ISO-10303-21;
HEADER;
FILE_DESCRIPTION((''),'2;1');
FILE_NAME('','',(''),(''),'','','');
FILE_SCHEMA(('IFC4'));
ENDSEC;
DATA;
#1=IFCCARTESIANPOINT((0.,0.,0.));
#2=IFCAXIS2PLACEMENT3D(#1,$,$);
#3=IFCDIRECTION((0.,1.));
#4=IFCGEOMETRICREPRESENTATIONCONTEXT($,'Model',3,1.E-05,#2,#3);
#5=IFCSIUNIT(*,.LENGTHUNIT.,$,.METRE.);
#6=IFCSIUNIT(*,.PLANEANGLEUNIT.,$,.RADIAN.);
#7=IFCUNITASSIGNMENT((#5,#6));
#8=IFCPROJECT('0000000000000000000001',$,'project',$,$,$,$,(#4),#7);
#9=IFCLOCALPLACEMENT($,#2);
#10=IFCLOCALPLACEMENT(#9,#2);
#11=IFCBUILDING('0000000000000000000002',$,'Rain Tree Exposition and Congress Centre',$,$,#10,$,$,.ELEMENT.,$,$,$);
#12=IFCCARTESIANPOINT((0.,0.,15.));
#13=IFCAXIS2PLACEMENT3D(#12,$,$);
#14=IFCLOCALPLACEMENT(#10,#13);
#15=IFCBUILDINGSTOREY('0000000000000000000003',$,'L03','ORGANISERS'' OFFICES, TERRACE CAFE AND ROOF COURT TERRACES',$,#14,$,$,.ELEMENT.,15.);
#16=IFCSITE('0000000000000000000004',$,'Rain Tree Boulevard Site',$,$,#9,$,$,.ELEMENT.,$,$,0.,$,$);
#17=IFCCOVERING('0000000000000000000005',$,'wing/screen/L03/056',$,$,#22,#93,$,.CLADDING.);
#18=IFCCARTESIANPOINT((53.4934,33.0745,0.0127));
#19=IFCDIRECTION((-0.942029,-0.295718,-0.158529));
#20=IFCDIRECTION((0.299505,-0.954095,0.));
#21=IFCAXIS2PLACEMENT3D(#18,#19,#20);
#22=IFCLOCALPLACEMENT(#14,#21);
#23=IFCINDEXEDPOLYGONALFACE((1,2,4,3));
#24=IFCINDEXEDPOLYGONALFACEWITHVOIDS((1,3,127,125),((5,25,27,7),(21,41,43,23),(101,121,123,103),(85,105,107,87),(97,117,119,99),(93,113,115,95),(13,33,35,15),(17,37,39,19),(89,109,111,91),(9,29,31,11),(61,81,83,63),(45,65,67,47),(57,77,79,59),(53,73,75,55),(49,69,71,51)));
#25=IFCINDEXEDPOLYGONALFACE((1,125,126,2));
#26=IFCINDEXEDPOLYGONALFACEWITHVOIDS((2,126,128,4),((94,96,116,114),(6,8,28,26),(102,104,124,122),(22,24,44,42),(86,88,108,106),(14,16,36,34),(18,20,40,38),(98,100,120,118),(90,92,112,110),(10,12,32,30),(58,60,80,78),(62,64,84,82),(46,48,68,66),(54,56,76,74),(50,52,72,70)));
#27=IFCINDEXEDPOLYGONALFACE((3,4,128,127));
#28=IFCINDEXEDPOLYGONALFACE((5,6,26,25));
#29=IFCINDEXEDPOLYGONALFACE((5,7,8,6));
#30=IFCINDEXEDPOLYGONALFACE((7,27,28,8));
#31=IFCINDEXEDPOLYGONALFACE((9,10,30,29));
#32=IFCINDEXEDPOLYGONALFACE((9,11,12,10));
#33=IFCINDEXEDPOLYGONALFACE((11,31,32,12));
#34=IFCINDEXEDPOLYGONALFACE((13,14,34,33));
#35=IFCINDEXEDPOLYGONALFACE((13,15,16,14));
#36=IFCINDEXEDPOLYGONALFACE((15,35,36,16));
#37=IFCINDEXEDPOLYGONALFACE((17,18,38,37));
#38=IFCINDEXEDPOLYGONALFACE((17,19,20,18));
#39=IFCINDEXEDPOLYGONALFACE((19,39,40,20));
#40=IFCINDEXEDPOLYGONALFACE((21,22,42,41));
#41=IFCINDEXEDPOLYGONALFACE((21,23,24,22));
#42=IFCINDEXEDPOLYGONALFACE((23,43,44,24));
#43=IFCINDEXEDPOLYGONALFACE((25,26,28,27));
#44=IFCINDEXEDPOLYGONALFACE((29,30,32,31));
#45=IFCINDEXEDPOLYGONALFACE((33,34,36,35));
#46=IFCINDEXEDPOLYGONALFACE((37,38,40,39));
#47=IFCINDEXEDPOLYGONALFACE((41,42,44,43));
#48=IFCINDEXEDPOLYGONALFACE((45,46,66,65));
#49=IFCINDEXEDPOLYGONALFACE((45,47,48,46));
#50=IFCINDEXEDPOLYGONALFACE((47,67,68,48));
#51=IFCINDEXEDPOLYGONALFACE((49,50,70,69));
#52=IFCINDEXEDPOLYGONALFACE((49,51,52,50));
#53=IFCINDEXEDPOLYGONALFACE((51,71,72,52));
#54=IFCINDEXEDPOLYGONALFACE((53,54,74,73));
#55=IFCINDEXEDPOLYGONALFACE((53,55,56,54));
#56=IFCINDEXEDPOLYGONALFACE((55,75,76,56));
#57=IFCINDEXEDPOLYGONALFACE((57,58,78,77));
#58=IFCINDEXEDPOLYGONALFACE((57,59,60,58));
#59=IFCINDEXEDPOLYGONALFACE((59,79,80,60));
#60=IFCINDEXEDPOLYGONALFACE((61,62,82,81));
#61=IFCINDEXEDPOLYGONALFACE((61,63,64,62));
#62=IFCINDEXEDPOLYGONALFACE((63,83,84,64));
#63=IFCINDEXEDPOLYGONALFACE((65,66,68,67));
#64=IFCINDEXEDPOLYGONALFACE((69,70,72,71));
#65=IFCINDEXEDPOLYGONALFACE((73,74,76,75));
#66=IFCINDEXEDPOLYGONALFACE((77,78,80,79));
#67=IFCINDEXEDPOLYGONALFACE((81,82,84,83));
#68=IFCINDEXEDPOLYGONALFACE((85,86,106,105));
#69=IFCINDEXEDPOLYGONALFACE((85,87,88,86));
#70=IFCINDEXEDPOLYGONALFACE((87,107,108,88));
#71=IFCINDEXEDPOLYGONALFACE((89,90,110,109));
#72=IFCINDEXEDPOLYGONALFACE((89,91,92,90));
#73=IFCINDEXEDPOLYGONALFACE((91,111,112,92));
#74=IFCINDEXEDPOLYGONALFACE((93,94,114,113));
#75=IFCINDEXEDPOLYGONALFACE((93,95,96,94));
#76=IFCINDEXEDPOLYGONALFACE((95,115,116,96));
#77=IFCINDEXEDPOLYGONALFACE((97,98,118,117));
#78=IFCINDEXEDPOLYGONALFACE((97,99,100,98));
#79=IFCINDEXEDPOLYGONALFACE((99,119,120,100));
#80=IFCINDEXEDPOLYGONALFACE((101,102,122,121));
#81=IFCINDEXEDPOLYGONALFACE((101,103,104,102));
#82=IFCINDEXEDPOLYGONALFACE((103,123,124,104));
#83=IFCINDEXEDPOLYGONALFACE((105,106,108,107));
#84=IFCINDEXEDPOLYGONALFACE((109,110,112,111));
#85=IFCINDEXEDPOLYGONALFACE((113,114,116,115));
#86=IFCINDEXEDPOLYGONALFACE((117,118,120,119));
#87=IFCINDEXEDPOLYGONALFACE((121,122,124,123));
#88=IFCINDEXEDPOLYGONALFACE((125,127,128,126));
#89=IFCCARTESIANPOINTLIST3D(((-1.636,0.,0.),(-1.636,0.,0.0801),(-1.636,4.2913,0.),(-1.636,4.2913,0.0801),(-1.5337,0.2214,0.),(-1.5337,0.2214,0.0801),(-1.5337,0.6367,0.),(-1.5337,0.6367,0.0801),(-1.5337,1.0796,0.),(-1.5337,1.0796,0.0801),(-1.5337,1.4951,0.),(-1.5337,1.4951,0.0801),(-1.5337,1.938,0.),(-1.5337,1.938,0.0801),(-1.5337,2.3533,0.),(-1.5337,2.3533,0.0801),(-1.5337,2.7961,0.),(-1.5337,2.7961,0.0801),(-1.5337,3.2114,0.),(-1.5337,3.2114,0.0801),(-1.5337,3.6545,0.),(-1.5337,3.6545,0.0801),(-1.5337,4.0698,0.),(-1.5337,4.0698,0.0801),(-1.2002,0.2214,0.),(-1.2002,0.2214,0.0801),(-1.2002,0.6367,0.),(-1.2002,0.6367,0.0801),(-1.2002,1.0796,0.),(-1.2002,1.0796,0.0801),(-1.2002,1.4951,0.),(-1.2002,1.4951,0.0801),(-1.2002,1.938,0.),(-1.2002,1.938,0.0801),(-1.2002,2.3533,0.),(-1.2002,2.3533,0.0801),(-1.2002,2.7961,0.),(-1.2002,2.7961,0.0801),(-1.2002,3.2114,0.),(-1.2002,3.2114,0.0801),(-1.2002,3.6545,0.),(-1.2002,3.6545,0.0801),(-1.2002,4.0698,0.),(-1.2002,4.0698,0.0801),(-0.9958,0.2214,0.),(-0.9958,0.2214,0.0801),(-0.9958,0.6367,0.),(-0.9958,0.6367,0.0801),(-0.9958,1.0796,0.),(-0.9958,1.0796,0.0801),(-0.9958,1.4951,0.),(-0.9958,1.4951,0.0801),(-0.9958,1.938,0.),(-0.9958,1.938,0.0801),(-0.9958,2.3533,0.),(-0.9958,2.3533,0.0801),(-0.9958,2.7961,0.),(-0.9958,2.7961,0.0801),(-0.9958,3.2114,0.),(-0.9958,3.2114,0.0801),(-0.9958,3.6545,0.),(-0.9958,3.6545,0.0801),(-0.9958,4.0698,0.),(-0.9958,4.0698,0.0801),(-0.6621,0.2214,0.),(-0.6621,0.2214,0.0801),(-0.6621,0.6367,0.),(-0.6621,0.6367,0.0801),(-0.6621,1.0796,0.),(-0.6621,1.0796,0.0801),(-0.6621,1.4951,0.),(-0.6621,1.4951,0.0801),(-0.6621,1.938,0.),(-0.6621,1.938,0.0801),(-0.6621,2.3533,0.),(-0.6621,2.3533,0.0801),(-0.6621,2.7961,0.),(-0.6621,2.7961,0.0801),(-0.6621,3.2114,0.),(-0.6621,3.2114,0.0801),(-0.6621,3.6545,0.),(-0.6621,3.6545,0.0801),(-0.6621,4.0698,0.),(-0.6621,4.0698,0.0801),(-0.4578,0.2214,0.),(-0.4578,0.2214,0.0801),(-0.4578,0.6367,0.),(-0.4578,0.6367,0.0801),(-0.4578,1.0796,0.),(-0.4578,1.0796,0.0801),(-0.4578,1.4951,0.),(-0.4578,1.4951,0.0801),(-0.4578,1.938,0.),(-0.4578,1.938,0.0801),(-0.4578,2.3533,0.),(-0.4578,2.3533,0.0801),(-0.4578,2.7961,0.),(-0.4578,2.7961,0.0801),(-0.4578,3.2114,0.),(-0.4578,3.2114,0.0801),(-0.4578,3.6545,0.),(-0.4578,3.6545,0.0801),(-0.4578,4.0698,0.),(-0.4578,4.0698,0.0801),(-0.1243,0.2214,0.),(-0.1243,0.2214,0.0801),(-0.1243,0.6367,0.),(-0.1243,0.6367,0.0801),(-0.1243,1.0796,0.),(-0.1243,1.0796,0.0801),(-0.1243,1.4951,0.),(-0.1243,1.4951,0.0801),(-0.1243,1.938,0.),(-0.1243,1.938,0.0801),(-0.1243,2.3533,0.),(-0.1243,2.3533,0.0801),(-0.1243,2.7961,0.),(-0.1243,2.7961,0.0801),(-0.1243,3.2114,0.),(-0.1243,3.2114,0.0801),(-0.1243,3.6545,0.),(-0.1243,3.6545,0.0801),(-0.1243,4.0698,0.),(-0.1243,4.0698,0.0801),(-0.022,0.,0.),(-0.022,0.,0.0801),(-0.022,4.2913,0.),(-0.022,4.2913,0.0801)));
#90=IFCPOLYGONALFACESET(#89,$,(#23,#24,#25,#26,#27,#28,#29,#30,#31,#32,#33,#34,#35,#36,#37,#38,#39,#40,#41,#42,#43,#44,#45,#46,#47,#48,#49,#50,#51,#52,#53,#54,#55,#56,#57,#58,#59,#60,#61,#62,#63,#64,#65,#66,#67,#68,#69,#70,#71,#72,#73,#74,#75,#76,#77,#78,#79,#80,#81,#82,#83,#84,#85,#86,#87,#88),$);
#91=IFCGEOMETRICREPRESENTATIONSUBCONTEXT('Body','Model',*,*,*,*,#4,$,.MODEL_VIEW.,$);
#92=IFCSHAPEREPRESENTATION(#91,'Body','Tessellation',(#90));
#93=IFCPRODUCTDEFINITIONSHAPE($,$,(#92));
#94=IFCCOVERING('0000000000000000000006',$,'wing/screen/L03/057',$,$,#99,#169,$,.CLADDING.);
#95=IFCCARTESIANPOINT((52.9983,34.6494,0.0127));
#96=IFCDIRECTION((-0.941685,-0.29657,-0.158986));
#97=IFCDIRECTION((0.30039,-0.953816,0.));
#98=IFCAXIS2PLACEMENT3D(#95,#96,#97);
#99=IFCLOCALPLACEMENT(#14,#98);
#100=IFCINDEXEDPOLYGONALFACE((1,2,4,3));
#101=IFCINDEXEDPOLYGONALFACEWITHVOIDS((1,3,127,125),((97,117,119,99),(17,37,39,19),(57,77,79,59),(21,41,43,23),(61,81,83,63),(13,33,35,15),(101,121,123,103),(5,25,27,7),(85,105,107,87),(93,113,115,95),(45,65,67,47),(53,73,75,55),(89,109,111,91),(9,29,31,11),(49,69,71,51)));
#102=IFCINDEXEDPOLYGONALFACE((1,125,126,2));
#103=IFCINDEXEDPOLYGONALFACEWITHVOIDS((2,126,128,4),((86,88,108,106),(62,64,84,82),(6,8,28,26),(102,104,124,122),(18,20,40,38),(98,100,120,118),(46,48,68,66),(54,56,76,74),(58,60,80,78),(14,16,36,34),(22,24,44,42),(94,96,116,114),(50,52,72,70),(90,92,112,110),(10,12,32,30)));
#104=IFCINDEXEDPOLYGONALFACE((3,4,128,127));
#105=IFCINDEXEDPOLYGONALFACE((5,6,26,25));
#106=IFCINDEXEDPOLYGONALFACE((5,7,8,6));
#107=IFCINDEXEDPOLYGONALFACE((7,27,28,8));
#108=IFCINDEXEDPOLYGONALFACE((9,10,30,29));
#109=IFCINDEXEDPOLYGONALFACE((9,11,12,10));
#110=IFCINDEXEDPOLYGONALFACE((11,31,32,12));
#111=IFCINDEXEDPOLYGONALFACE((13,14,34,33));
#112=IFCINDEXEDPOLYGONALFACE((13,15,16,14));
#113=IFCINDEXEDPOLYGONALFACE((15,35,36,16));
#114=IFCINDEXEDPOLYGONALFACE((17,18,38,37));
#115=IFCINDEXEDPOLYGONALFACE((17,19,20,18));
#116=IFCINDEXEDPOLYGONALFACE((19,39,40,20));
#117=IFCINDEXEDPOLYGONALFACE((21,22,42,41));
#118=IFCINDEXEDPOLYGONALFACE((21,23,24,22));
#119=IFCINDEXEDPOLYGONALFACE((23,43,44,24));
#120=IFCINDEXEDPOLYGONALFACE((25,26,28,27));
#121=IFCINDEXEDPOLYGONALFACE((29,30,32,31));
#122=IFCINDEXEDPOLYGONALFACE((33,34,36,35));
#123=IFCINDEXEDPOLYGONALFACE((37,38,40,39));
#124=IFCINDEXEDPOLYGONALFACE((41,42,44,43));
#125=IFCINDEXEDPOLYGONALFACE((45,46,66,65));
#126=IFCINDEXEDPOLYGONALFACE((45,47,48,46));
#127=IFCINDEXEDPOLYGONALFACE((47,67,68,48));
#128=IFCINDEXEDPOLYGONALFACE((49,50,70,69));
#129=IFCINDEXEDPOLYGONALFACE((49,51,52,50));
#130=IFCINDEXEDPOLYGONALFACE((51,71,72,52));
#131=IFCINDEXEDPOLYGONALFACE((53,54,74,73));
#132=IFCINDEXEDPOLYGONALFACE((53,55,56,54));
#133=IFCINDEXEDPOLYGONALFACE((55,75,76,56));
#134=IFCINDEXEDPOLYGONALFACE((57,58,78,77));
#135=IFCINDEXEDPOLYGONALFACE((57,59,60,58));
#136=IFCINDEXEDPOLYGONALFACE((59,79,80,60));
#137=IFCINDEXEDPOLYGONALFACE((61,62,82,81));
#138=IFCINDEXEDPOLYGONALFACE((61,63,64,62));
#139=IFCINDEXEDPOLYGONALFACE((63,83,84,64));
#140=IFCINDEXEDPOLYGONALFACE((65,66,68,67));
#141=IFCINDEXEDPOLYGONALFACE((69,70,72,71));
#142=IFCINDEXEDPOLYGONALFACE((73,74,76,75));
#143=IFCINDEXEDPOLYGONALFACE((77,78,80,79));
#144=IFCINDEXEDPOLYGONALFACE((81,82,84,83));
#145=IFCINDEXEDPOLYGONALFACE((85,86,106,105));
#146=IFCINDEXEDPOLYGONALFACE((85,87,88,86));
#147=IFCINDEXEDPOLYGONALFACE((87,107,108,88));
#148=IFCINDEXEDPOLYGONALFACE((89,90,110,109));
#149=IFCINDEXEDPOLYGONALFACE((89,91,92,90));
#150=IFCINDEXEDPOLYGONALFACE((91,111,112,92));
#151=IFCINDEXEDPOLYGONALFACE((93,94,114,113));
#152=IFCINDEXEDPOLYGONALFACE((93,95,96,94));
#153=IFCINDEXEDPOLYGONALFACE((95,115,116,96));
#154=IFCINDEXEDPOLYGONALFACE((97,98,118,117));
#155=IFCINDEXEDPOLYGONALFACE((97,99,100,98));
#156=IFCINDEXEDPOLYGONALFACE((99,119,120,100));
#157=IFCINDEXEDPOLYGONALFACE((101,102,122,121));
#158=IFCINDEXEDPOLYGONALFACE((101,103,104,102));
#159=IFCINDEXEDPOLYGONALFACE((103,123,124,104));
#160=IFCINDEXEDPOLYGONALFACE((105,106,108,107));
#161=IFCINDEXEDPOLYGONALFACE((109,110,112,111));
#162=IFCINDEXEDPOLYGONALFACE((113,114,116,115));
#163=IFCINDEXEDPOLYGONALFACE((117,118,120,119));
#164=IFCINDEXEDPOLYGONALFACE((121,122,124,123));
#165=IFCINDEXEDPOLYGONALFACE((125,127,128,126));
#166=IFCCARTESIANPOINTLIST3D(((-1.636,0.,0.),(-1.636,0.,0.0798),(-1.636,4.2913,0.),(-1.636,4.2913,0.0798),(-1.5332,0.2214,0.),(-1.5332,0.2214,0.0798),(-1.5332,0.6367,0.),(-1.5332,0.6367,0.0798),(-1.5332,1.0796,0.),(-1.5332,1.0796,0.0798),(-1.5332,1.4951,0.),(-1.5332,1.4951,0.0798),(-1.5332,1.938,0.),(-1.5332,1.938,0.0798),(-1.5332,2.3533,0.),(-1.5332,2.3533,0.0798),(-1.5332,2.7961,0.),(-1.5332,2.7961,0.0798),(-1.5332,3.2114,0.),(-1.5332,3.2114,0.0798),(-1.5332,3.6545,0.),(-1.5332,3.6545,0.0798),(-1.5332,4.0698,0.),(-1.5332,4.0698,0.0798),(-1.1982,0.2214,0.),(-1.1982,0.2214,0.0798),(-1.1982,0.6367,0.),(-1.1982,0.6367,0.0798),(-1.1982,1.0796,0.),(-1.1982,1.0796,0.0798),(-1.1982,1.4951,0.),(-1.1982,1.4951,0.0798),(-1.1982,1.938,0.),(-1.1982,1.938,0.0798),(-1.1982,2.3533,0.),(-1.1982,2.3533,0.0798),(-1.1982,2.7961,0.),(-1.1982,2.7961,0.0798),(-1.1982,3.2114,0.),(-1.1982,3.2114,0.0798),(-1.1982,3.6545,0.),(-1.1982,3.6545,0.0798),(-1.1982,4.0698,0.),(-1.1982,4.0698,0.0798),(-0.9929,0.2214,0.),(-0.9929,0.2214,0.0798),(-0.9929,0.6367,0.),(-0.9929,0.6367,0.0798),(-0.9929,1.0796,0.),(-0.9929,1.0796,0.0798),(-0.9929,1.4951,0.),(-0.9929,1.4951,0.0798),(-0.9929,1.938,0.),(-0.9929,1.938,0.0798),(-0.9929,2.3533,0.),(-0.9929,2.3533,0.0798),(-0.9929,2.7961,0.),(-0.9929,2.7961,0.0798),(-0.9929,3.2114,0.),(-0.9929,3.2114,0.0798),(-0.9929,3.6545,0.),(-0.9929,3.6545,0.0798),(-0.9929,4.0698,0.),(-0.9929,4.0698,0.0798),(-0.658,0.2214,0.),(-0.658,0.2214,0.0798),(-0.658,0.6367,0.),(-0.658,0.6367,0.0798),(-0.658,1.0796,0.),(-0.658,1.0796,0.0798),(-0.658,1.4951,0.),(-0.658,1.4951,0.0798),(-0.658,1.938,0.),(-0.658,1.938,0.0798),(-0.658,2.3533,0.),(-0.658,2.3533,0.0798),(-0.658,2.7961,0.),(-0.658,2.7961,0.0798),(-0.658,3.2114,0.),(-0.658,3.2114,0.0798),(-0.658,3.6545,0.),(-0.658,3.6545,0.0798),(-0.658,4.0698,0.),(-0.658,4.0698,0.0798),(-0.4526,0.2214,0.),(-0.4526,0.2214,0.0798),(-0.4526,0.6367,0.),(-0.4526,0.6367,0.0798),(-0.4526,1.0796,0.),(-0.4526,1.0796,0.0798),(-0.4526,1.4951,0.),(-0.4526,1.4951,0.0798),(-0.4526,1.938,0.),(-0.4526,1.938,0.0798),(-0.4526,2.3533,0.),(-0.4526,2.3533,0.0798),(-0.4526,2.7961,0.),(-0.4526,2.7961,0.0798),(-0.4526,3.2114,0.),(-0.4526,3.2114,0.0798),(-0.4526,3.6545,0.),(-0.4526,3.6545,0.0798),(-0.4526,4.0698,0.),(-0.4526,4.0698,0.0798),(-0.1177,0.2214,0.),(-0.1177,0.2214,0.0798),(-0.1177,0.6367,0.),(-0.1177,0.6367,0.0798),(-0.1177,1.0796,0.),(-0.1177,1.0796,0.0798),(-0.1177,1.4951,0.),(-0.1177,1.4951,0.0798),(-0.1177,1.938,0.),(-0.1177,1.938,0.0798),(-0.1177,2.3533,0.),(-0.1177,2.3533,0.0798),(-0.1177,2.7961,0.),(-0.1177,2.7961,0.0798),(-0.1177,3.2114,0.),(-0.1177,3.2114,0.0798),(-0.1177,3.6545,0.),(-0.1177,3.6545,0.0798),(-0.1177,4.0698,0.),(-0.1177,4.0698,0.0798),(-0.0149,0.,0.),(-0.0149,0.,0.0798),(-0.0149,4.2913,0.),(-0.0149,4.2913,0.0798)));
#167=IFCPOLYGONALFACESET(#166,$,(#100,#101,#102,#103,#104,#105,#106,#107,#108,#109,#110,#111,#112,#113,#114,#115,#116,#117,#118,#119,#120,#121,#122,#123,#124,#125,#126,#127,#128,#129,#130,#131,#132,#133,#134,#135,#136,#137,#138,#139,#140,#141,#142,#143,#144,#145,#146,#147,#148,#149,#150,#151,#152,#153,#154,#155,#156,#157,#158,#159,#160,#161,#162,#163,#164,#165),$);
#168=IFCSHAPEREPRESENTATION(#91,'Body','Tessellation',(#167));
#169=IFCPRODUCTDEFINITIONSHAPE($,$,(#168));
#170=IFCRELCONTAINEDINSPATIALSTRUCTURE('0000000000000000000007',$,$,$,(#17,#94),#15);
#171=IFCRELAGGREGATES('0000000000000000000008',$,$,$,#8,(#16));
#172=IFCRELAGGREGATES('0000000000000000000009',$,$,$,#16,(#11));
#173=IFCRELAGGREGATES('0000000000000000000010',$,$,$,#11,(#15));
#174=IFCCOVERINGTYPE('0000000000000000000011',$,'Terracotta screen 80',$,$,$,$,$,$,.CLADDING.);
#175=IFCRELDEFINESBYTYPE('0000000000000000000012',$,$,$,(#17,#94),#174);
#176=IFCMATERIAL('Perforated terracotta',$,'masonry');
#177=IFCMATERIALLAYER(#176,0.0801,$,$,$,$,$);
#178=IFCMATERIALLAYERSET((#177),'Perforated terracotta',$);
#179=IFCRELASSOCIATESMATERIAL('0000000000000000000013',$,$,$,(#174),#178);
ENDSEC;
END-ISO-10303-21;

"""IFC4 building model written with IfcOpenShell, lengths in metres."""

from ifc_helpers import new_model, si_unit, direction, frame, origin, place, context, subcontext, project, spatial, polyline, outline, extrude, material, layer, layer_set, type_object, element, save


model = new_model("IFC4")

# Units and contexts
model_context = context("Model", 3, precision=1e-05, world=origin(), true_north=direction((0.0, 1.0)))
body_context = subcontext(model_context, "Body", "Model", "MODEL_VIEW")
ifc_project = project(units=[si_unit("LENGTHUNIT", "METRE"), si_unit("PLANEANGLEUNIT", "RADIAN")], contexts=[model_context])

# Site, building, storey
site_placement = place(None, origin())
site = spatial("IfcSite", under=ifc_project, at=site_placement, Name="Rain Tree Boulevard Site", CompositionType="ELEMENT", RefElevation=0.0)
building_placement = place(site_placement, origin())
building = spatial("IfcBuilding", under=site, at=building_placement, Name="Rain Tree Exposition and Congress Centre", CompositionType="ELEMENT")
storey_placement = place(building_placement, frame((0.0, 0.0, 15.0)))
storey = spatial("IfcBuildingStorey", under=building, at=storey_placement, Name="L03", Description="ORGANISERS' OFFICES, TERRACE CAFE AND ROOF COURT TERRACES", CompositionType="ELEMENT", Elevation=15.0)

# Coverings
ifc_material_1 = material(Name="Perforated terracotta", Category="masonry")
ifc_layer = layer(ifc_material_1, 0.0801)
ifc_layer_set = layer_set([ifc_layer], Name="Perforated terracotta")
covering_type = type_object("IfcCoveringType", Name="Terracotta screen 80", PredefinedType="CLADDING", material=ifc_layer_set)
covering_1_placement = place(storey_placement, frame((53.4934, 33.0745, 0.0127), z_axis=(-0.942029, -0.295718, -0.158529), x_axis=(0.299505, -0.954095, 0.0)))
element("IfcCovering", 1, at=covering_1_placement, inside=storey, type_object=covering_type, Name="wing/screen/L03/056", PredefinedType="CLADDING", context=body_context, shape_type="SweptSolid", body=[
    extrude(outline(polyline([(-1.636, 0.0), (-1.636, 4.2913), (-0.022, 4.2913), (-0.022, 0.0), (-1.636, 0.0)]), holes=[polyline([(-0.1243, 0.2214), (-0.1243, 0.6367), (-0.4578, 0.6367), (-0.4578, 0.2214), (-0.1243, 0.2214)]), polyline([(-0.1243, 1.0796), (-0.1243, 1.4951), (-0.4578, 1.4951), (-0.4578, 1.0796), (-0.1243, 1.0796)]), polyline([(-0.1243, 1.938), (-0.1243, 2.3533), (-0.4578, 2.3533), (-0.4578, 1.938), (-0.1243, 1.938)]), polyline([(-0.1243, 2.7961), (-0.1243, 3.2114), (-0.4578, 3.2114), (-0.4578, 2.7961), (-0.1243, 2.7961)]), polyline([(-0.1243, 3.6545), (-0.1243, 4.0698), (-0.4578, 4.0698), (-0.4578, 3.6545), (-0.1243, 3.6545)]), polyline([(-0.6621, 0.2214), (-0.6621, 0.6367), (-0.9958, 0.6367), (-0.9958, 0.2214), (-0.6621, 0.2214)]), polyline([(-0.6621, 1.0796), (-0.6621, 1.4951), (-0.9958, 1.4951), (-0.9958, 1.0796), (-0.6621, 1.0796)]), polyline([(-0.6621, 1.938), (-0.6621, 2.3533), (-0.9958, 2.3533), (-0.9958, 1.938), (-0.6621, 1.938)]), polyline([(-0.6621, 2.7961), (-0.6621, 3.2114), (-0.9958, 3.2114), (-0.9958, 2.7961), (-0.6621, 2.7961)]), polyline([(-0.6621, 3.6545), (-0.6621, 4.0698), (-0.9958, 4.0698), (-0.9958, 3.6545), (-0.6621, 3.6545)]), polyline([(-1.2002, 0.2214), (-1.2002, 0.6367), (-1.5337, 0.6367), (-1.5337, 0.2214), (-1.2002, 0.2214)]), polyline([(-1.2002, 1.0796), (-1.2002, 1.4951), (-1.5337, 1.4951), (-1.5337, 1.0796), (-1.2002, 1.0796)]), polyline([(-1.2002, 1.938), (-1.2002, 2.3533), (-1.5337, 2.3533), (-1.5337, 1.938), (-1.2002, 1.938)]), polyline([(-1.2002, 2.7961), (-1.2002, 3.2114), (-1.5337, 3.2114), (-1.5337, 2.7961), (-1.2002, 2.7961)]), polyline([(-1.2002, 3.6545), (-1.2002, 4.0698), (-1.5337, 4.0698), (-1.5337, 3.6545), (-1.2002, 3.6545)])]), origin(), (0.0, 0.0, 1.0), 0.0801),
])
covering_2_placement = place(storey_placement, frame((52.9983, 34.6494, 0.0127), z_axis=(-0.941685, -0.29657, -0.158986), x_axis=(0.30039, -0.953816, 0.0)))
element("IfcCovering", 2, at=covering_2_placement, inside=storey, type_object=covering_type, Name="wing/screen/L03/057", PredefinedType="CLADDING", context=body_context, shape_type="SweptSolid", body=[
    extrude(outline(polyline([(-1.636, 0.0), (-1.636, 4.2913), (-0.0149, 4.2913), (-0.0149, 0.0), (-1.636, 0.0)]), holes=[polyline([(-0.1177, 0.2214), (-0.1177, 0.6367), (-0.4526, 0.6367), (-0.4526, 0.2214), (-0.1177, 0.2214)]), polyline([(-0.1177, 1.0796), (-0.1177, 1.4951), (-0.4526, 1.4951), (-0.4526, 1.0796), (-0.1177, 1.0796)]), polyline([(-0.1177, 1.938), (-0.1177, 2.3533), (-0.4526, 2.3533), (-0.4526, 1.938), (-0.1177, 1.938)]), polyline([(-0.1177, 2.7961), (-0.1177, 3.2114), (-0.4526, 3.2114), (-0.4526, 2.7961), (-0.1177, 2.7961)]), polyline([(-0.1177, 3.6545), (-0.1177, 4.0698), (-0.4526, 4.0698), (-0.4526, 3.6545), (-0.1177, 3.6545)]), polyline([(-0.658, 0.2214), (-0.658, 0.6367), (-0.9929, 0.6367), (-0.9929, 0.2214), (-0.658, 0.2214)]), polyline([(-0.658, 1.0796), (-0.658, 1.4951), (-0.9929, 1.4951), (-0.9929, 1.0796), (-0.658, 1.0796)]), polyline([(-0.658, 1.938), (-0.658, 2.3533), (-0.9929, 2.3533), (-0.9929, 1.938), (-0.658, 1.938)]), polyline([(-0.658, 2.7961), (-0.658, 3.2114), (-0.9929, 3.2114), (-0.9929, 2.7961), (-0.658, 2.7961)]), polyline([(-0.658, 3.6545), (-0.658, 4.0698), (-0.9929, 4.0698), (-0.9929, 3.6545), (-0.658, 3.6545)]), polyline([(-1.1982, 0.2214), (-1.1982, 0.6367), (-1.5332, 0.6367), (-1.5332, 0.2214), (-1.1982, 0.2214)]), polyline([(-1.1982, 1.0796), (-1.1982, 1.4951), (-1.5332, 1.4951), (-1.5332, 1.0796), (-1.1982, 1.0796)]), polyline([(-1.1982, 1.938), (-1.1982, 2.3533), (-1.5332, 2.3533), (-1.5332, 1.938), (-1.1982, 1.938)]), polyline([(-1.1982, 2.7961), (-1.1982, 3.2114), (-1.5332, 3.2114), (-1.5332, 2.7961), (-1.1982, 2.7961)]), polyline([(-1.1982, 3.6545), (-1.1982, 4.0698), (-1.5332, 4.0698), (-1.5332, 3.6545), (-1.1982, 3.6545)])]), origin(), (0.0, 0.0, 1.0), 0.0798),
])

save(model, "model.ifc")
